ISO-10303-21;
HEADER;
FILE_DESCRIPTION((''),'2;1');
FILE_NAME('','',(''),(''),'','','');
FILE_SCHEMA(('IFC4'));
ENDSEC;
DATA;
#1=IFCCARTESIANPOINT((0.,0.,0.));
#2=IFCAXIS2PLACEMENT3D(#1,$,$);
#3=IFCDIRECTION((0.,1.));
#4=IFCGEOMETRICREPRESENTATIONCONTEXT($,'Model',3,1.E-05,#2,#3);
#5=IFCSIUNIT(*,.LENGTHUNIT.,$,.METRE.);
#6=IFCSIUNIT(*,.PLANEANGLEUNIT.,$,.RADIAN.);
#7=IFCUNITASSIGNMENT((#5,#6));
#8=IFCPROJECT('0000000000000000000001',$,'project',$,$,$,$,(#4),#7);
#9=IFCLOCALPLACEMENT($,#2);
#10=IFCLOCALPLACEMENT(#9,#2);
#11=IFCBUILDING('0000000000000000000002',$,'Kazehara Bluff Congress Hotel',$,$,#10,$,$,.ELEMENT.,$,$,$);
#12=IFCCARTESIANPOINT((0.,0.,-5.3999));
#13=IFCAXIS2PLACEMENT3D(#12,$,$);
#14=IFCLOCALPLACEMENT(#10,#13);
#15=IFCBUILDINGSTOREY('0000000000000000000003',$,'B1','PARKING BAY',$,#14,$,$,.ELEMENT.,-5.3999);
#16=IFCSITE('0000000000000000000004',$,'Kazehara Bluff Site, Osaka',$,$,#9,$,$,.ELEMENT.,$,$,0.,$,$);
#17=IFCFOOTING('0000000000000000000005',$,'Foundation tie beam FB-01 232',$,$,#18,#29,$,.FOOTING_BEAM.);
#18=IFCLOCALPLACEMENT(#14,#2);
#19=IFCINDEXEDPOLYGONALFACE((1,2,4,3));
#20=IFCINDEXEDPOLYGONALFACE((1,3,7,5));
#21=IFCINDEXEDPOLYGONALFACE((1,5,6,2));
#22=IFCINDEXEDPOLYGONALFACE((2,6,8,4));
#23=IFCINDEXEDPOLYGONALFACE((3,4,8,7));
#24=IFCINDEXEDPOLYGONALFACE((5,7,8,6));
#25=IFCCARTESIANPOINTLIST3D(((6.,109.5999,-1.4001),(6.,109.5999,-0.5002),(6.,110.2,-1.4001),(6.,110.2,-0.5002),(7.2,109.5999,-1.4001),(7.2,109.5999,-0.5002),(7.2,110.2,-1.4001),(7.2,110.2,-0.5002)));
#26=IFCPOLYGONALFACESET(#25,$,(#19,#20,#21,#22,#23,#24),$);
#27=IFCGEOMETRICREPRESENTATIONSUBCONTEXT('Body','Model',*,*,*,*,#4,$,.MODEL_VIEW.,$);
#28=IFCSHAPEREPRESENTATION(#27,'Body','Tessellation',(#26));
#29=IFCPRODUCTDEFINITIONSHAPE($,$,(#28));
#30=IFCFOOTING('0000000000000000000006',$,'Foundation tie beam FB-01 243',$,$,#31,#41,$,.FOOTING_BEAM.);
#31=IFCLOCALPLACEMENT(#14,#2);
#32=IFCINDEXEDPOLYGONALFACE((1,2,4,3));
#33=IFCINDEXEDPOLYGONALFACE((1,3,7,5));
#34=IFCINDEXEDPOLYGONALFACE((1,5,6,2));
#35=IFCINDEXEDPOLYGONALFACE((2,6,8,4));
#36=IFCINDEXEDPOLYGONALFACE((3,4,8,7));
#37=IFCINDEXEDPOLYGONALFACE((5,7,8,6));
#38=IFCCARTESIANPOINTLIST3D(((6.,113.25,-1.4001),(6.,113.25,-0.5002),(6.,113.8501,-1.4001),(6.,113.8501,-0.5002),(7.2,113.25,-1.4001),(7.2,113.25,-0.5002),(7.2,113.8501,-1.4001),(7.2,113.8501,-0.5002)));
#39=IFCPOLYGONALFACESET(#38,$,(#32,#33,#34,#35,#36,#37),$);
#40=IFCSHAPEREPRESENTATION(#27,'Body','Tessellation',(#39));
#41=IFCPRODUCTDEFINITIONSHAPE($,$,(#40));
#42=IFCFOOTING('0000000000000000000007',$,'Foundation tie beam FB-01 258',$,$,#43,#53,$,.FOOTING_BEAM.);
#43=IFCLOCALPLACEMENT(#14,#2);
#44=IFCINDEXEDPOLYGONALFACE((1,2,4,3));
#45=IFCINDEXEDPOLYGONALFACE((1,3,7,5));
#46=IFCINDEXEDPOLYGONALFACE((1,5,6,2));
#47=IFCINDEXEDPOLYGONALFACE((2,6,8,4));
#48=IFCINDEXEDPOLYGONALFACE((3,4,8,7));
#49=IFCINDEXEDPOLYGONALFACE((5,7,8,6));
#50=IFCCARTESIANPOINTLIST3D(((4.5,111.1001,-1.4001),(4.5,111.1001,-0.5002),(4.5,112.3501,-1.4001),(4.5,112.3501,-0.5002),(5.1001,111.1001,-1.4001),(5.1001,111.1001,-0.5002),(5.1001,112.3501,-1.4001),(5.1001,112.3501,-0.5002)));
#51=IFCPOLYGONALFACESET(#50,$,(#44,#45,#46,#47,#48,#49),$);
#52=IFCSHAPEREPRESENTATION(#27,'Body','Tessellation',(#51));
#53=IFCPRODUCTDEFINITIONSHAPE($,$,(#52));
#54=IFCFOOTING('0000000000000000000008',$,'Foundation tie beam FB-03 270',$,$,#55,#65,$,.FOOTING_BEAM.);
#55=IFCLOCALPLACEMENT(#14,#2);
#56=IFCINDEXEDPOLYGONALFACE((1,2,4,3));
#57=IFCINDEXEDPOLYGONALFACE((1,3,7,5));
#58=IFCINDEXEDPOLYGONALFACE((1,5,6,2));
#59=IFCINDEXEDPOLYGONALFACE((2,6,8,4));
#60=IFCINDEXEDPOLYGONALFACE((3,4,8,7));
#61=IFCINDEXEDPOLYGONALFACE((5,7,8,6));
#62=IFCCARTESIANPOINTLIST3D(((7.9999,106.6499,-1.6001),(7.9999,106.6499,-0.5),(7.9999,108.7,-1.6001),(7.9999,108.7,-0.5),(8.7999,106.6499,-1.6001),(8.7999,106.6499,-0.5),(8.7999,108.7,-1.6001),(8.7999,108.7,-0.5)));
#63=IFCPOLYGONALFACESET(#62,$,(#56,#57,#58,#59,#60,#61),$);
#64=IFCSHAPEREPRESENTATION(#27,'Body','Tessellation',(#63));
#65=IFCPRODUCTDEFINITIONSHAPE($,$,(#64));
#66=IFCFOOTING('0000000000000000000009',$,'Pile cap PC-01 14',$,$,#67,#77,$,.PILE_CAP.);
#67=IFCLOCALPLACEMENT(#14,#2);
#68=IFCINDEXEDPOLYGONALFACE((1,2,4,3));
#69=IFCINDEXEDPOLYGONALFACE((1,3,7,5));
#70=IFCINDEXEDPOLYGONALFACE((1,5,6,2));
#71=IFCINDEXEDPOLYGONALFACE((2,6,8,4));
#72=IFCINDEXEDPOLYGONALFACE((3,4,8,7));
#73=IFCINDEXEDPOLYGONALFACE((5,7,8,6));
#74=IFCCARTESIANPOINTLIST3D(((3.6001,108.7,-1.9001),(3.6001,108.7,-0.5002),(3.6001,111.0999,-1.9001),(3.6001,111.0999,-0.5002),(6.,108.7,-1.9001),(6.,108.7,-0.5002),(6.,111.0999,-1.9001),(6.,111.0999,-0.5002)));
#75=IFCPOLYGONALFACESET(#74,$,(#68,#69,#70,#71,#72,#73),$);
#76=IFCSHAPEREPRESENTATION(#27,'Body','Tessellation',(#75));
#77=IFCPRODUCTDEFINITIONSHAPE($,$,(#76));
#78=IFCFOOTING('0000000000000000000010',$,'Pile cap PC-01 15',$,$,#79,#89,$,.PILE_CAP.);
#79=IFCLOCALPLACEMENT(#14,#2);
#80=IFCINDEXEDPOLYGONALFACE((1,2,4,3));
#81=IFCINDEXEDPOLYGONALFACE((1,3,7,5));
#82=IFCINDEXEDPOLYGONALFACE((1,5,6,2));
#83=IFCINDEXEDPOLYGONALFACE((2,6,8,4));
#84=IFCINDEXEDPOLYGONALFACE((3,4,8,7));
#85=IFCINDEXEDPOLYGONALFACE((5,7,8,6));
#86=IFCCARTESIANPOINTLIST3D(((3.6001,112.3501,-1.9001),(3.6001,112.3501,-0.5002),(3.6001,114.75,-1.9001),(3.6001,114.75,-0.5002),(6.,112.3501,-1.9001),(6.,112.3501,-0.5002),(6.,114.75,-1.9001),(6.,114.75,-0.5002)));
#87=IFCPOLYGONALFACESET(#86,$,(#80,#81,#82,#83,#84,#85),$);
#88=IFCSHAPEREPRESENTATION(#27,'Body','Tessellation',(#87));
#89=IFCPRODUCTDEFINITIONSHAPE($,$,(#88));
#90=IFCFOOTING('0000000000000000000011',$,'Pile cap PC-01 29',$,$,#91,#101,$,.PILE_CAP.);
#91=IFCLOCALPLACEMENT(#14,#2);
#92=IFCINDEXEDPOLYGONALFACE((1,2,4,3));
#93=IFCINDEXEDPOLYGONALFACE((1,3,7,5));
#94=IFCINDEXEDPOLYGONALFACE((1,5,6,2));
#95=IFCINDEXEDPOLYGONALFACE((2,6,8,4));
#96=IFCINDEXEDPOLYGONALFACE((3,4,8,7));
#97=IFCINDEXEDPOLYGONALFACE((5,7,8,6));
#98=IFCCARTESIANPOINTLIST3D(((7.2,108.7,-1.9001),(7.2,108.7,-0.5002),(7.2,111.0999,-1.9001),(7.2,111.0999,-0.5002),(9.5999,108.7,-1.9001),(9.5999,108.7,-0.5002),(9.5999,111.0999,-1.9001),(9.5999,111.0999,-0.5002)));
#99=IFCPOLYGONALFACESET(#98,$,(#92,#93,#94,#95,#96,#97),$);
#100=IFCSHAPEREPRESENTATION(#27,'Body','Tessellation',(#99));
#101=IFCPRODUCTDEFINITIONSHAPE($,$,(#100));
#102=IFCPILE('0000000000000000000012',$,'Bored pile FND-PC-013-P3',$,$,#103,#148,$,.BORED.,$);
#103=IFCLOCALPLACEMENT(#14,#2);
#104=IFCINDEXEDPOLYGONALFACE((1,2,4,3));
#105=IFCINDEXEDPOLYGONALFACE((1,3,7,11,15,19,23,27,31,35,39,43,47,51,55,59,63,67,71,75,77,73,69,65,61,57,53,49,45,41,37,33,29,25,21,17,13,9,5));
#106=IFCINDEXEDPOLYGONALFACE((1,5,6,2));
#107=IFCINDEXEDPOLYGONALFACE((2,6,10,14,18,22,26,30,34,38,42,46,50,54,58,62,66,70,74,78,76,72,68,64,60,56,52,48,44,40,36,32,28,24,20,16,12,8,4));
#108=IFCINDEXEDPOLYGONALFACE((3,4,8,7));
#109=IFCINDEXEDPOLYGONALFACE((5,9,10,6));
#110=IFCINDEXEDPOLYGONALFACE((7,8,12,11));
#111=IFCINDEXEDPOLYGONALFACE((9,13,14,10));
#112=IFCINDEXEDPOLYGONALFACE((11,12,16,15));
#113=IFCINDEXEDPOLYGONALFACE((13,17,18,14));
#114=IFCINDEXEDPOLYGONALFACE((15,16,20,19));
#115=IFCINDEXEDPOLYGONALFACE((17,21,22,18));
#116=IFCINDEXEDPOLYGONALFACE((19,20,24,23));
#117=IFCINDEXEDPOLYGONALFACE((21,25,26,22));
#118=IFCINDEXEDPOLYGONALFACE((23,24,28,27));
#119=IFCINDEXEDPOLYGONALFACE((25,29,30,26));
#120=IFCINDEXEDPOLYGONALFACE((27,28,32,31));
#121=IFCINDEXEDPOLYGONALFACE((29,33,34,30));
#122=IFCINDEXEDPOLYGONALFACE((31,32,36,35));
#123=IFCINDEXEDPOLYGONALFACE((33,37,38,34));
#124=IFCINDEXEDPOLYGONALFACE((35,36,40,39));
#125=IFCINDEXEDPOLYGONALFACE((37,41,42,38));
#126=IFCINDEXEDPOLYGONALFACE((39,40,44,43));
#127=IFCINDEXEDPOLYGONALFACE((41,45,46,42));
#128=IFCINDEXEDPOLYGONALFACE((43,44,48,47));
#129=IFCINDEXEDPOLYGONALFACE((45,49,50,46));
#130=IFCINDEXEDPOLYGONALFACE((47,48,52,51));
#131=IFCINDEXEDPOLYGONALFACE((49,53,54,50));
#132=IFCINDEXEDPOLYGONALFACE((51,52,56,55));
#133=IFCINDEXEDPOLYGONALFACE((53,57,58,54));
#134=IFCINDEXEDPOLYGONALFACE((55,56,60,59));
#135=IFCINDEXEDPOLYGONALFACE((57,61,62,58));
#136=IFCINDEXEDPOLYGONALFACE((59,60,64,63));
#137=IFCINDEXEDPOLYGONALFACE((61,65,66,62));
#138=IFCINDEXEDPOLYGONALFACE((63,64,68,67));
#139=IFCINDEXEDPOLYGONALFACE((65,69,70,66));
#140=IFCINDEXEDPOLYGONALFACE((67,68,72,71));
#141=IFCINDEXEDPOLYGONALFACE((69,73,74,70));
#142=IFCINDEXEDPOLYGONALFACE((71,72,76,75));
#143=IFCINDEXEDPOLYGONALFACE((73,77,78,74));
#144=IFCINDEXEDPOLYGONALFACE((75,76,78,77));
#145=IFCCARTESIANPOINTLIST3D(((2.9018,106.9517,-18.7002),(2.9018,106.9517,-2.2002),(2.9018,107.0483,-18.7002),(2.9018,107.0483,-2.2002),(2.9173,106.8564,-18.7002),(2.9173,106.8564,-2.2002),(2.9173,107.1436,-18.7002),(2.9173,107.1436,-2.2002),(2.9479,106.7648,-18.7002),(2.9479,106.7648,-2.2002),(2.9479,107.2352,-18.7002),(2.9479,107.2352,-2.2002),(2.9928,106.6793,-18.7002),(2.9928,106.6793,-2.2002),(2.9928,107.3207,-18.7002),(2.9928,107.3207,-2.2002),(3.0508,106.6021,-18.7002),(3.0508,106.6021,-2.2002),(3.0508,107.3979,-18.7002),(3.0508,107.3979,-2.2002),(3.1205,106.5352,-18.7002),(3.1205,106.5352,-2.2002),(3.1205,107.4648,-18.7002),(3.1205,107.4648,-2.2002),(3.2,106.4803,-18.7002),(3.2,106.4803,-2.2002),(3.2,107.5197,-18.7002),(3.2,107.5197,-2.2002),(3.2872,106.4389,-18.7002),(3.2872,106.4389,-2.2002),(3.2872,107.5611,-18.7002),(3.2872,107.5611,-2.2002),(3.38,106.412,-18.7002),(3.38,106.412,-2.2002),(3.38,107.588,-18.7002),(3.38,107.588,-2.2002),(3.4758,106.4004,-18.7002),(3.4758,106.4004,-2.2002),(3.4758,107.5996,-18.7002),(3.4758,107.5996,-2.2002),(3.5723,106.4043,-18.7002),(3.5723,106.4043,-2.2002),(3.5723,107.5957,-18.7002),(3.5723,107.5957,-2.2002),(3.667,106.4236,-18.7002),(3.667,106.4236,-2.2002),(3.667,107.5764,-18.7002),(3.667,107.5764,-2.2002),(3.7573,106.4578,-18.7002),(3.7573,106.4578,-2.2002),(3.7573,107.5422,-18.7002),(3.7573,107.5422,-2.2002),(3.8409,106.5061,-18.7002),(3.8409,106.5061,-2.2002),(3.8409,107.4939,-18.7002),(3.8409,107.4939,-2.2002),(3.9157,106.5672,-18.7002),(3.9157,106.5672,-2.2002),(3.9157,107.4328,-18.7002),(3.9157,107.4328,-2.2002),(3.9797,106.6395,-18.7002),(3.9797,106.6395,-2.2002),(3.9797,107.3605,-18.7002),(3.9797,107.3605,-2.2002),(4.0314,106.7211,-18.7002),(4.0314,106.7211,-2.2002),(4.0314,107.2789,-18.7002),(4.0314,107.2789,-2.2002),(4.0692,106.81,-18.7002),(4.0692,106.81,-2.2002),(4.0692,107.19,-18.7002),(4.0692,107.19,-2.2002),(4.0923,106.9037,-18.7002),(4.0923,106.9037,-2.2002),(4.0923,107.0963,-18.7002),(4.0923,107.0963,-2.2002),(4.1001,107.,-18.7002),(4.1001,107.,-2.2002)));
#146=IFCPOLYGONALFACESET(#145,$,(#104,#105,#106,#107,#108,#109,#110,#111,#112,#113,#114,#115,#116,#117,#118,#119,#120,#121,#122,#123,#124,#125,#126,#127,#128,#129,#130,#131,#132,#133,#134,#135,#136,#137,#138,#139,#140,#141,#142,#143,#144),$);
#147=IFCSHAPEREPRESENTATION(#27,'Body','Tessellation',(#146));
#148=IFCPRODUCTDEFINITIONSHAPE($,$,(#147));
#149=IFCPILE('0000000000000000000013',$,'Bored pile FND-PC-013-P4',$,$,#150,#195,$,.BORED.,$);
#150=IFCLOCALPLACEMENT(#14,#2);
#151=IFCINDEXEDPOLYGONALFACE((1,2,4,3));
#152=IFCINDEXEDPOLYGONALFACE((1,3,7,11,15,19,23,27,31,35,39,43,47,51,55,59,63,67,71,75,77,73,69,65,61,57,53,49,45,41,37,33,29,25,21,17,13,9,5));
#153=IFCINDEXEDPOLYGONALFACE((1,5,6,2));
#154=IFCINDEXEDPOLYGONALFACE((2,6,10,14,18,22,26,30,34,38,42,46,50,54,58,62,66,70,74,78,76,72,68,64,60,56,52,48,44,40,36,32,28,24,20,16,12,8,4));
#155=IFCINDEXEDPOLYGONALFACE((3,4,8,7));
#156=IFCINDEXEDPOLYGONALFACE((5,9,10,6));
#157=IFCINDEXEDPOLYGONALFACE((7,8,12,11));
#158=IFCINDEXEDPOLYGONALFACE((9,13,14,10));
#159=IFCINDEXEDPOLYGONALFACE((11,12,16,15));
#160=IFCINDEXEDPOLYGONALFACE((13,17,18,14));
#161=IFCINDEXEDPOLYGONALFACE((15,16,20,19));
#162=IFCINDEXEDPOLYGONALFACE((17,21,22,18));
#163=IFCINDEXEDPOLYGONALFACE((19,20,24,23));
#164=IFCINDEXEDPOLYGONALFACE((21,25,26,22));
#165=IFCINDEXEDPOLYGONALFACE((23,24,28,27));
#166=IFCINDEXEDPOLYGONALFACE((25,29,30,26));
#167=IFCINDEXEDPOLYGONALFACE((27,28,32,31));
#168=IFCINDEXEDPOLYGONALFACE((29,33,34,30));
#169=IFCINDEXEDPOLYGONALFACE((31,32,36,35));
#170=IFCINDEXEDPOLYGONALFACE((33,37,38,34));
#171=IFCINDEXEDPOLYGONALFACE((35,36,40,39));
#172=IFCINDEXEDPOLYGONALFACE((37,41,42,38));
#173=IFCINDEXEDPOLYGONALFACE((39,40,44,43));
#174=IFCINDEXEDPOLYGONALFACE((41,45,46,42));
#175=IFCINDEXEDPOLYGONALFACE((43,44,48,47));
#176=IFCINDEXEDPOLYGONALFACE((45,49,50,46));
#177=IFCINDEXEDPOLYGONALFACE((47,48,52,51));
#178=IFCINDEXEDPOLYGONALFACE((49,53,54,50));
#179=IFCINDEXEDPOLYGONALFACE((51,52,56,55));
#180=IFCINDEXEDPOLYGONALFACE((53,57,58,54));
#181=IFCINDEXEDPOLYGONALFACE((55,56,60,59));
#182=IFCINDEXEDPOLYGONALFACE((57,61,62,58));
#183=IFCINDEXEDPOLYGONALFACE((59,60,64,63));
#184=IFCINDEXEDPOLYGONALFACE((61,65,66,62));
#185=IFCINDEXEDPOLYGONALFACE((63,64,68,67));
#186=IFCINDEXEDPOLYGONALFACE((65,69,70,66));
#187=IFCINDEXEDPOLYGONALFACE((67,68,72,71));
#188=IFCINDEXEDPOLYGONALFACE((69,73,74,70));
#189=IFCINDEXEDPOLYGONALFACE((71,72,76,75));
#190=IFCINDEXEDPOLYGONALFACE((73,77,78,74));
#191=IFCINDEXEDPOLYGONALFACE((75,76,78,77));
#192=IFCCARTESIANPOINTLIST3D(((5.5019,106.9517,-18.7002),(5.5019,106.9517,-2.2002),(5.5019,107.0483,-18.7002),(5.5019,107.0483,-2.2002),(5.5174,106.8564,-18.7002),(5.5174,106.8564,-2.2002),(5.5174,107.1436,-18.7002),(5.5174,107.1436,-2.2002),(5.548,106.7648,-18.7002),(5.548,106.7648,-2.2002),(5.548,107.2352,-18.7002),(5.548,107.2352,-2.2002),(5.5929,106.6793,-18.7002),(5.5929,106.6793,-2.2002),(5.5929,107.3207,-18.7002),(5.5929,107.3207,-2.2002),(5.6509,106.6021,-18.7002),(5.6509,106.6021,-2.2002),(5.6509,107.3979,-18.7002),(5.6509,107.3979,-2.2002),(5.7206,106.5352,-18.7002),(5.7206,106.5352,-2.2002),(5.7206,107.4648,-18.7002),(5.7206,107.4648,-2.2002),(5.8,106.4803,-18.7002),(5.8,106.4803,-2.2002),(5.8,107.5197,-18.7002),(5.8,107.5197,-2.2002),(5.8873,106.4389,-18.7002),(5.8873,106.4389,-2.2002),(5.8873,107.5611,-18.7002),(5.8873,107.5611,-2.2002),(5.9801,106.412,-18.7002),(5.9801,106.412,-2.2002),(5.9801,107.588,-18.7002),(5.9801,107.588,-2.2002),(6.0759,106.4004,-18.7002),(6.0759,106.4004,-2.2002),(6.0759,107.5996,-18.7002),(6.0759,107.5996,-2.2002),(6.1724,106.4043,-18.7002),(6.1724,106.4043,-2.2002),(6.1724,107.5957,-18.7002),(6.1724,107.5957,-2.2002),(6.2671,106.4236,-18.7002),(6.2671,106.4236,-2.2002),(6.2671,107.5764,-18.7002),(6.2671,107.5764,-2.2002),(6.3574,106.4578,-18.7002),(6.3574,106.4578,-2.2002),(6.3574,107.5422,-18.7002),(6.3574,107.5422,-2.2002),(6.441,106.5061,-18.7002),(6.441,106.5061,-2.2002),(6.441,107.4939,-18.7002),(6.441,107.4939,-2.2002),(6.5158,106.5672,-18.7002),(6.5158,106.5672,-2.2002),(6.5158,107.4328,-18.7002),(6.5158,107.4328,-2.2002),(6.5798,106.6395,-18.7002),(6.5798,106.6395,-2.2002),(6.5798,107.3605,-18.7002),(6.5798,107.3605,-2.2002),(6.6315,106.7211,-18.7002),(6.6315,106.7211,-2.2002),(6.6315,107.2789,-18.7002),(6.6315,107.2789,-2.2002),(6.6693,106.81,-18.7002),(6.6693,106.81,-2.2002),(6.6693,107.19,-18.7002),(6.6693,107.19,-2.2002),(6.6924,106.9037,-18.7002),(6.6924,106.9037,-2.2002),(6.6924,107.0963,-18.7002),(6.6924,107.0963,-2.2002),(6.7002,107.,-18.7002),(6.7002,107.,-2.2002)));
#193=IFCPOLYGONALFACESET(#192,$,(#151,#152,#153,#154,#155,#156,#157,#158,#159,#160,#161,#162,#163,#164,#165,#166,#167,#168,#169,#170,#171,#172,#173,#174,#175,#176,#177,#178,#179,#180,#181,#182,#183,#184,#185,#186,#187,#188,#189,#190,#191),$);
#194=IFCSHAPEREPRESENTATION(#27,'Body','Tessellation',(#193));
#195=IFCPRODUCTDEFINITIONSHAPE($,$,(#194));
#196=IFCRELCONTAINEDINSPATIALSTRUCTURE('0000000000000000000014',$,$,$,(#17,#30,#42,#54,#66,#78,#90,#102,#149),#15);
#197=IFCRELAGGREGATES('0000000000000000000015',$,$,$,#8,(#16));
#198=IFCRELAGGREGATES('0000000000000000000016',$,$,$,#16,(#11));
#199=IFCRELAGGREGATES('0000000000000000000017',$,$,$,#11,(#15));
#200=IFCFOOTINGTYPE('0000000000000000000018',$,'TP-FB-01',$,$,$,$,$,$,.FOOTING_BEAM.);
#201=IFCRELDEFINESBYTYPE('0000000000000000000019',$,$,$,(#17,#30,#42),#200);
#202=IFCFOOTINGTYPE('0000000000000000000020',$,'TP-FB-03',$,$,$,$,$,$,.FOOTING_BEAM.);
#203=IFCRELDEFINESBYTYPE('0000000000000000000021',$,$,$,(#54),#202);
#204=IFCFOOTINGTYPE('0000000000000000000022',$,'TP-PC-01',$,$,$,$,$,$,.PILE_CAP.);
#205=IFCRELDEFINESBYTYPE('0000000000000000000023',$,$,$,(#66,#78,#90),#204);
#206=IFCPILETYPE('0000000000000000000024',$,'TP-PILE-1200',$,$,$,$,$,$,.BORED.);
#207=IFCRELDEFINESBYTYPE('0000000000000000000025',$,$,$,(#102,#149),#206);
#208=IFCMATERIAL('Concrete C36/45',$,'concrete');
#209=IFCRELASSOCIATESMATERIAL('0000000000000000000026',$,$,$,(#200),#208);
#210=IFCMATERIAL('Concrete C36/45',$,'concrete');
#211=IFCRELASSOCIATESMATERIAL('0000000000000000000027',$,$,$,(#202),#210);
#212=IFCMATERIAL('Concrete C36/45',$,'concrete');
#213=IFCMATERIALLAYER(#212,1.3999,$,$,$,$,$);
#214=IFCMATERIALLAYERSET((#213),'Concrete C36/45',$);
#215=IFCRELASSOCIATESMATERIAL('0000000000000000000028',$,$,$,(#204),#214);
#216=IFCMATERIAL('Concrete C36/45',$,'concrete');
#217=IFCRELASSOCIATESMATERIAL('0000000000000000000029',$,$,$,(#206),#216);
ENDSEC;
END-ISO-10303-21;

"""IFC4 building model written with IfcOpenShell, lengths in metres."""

from ifc_helpers import new_model, si_unit, direction, frame, origin, origin_2d, place, context, subcontext, project, spatial, rectangle, circle, extrude, material, layer, layer_set, material_profile, profile_set, type_object, element, save


model = new_model("IFC4")

# Units and contexts
model_context = context("Model", 3, precision=1e-05, world=origin(), true_north=direction((0.0, 1.0)))
body_context = subcontext(model_context, "Body", "Model", "MODEL_VIEW")
ifc_project = project(units=[si_unit("LENGTHUNIT", "METRE"), si_unit("PLANEANGLEUNIT", "RADIAN")], contexts=[model_context])

# Site, building, storey
site_placement = place(None, origin())
site = spatial("IfcSite", under=ifc_project, at=site_placement, Name="Kazehara Bluff Site, Osaka", CompositionType="ELEMENT", RefElevation=0.0)
building_placement = place(site_placement, origin())
building = spatial("IfcBuilding", under=site, at=building_placement, Name="Kazehara Bluff Congress Hotel", CompositionType="ELEMENT")
storey_placement = place(building_placement, frame((0.0, 0.0, -5.3999)))
storey = spatial("IfcBuildingStorey", under=building, at=storey_placement, Name="B1", Description="PARKING BAY", CompositionType="ELEMENT", Elevation=-5.3999)

# Footings
ifc_material_1 = material(Name="Concrete C36/45", Category="concrete")
ifc_material_profile_1 = material_profile(ifc_material_1, rectangle(XDim=0.6001, YDim=0.8999, at=origin_2d()))
ifc_profile_set_1 = profile_set([ifc_material_profile_1], Name="Concrete C36/45")
footing_type_1 = type_object("IfcFootingType", Name="TP-FB-01", PredefinedType="FOOTING_BEAM", material=ifc_profile_set_1)
for number, where, z_axis, x_axis, name in (
    (1, (6.0, 109.8999, -0.9502), (1.0, 0.0, 0.0), (0.0, 1.0, 0.0), "Foundation tie beam FB-01 232"),
    (2, (6.0, 113.55, -0.9502), (1.0, 0.0, 0.0), (0.0, 1.0, 0.0), "Foundation tie beam FB-01 243"),
):
    element("IfcFooting", number, at=place(storey_placement, frame(where, z_axis=z_axis, x_axis=x_axis)), inside=storey, type_object=footing_type_1, Name=name, PredefinedType="FOOTING_BEAM", context=body_context, shape_type="SweptSolid", body=[
        extrude(rectangle(XDim=0.6001, YDim=0.8999, at=origin_2d()), origin(), (0.0, 0.0, 1.0), 1.2),
    ])
footing_1_placement = place(storey_placement, frame((4.8, 111.1001, -0.9502), z_axis=(0.0, 1.0, 0.0), x_axis=(-1.0, 0.0, 0.0)))
element("IfcFooting", 3, at=footing_1_placement, inside=storey, type_object=footing_type_1, Name="Foundation tie beam FB-01 258", PredefinedType="FOOTING_BEAM", context=body_context, shape_type="SweptSolid", body=[
    extrude(rectangle(XDim=0.6001, YDim=0.8999, at=origin_2d()), origin(), (0.0, 0.0, 1.0), 1.25),
])
ifc_material_2 = material(Name="Concrete C36/45", Category="concrete")
ifc_material_profile_2 = material_profile(ifc_material_2, rectangle(XDim=0.8, YDim=1.1001, at=origin_2d()))
ifc_profile_set_2 = profile_set([ifc_material_profile_2], Name="Concrete C36/45")
footing_type_2 = type_object("IfcFootingType", Name="TP-FB-03", PredefinedType="FOOTING_BEAM", material=ifc_profile_set_2)
footing_2_placement = place(storey_placement, frame((8.3999, 106.6499, -1.05), z_axis=(0.0, 1.0, 0.0), x_axis=(-1.0, 0.0, 0.0)))
element("IfcFooting", 4, at=footing_2_placement, inside=storey, type_object=footing_type_2, Name="Foundation tie beam FB-03 270", PredefinedType="FOOTING_BEAM", context=body_context, shape_type="SweptSolid", body=[
    extrude(rectangle(XDim=0.8, YDim=1.1001, at=origin_2d()), origin(), (0.0, 0.0, 1.0), 2.05),
])
ifc_material_3 = material(Name="Concrete C36/45", Category="concrete")
ifc_layer_1 = layer(ifc_material_3, 1.3999)
ifc_layer_set_1 = layer_set([ifc_layer_1], Name="Concrete C36/45")
footing_type_3 = type_object("IfcFootingType", Name="TP-PC-01", PredefinedType="PILE_CAP", material=ifc_layer_set_1)
for number, where, z_axis, x_axis, name in (
    (5, (4.8, 109.8999, -1.9001), (0.0, 0.0, 1.0), (1.0, 0.0, 0.0), "Pile cap PC-01 14"),
    (6, (4.8, 113.55, -1.9001), (0.0, 0.0, 1.0), (1.0, 0.0, 0.0), "Pile cap PC-01 15"),
    (7, (8.3999, 109.8999, -1.9001), (0.0, 0.0, 1.0), (1.0, 0.0, 0.0), "Pile cap PC-01 29"),
):
    element("IfcFooting", number, at=place(storey_placement, frame(where, z_axis=z_axis, x_axis=x_axis)), inside=storey, type_object=footing_type_3, Name=name, PredefinedType="PILE_CAP", context=body_context, shape_type="SweptSolid", body=[
        extrude(rectangle(XDim=2.3999, YDim=2.3999, at=origin_2d()), origin(), (0.0, 0.0, 1.0), 1.3999),
    ])

# Piles
ifc_material_4 = material(Name="Concrete C36/45", Category="concrete")
ifc_material_profile_3 = material_profile(ifc_material_4, circle(Radius=0.6001, at=origin_2d()))
ifc_profile_set_3 = profile_set([ifc_material_profile_3], Name="Concrete C36/45")
pile_type = type_object("IfcPileType", Name="TP-PILE-1200", PredefinedType="BORED", material=ifc_profile_set_3)
for number, where, z_axis, x_axis, name in (
    (8, (3.5, 107.0, -2.2002), (0.0, 0.0, -1.0), (1.0, 0.0, 0.0), "Bored pile FND-PC-013-P3"),
    (9, (6.1001, 107.0, -2.2002), (0.0, 0.0, -1.0), (1.0, 0.0, 0.0), "Bored pile FND-PC-013-P4"),
):
    element("IfcPile", number, at=place(storey_placement, frame(where, z_axis=z_axis, x_axis=x_axis)), inside=storey, type_object=pile_type, Name=name, PredefinedType="BORED", context=body_context, shape_type="SweptSolid", body=[
        extrude(circle(Radius=0.6001, at=origin_2d()), origin(), (0.0, 0.0, 1.0), 16.5),
    ])

save(model, "model.ifc")
